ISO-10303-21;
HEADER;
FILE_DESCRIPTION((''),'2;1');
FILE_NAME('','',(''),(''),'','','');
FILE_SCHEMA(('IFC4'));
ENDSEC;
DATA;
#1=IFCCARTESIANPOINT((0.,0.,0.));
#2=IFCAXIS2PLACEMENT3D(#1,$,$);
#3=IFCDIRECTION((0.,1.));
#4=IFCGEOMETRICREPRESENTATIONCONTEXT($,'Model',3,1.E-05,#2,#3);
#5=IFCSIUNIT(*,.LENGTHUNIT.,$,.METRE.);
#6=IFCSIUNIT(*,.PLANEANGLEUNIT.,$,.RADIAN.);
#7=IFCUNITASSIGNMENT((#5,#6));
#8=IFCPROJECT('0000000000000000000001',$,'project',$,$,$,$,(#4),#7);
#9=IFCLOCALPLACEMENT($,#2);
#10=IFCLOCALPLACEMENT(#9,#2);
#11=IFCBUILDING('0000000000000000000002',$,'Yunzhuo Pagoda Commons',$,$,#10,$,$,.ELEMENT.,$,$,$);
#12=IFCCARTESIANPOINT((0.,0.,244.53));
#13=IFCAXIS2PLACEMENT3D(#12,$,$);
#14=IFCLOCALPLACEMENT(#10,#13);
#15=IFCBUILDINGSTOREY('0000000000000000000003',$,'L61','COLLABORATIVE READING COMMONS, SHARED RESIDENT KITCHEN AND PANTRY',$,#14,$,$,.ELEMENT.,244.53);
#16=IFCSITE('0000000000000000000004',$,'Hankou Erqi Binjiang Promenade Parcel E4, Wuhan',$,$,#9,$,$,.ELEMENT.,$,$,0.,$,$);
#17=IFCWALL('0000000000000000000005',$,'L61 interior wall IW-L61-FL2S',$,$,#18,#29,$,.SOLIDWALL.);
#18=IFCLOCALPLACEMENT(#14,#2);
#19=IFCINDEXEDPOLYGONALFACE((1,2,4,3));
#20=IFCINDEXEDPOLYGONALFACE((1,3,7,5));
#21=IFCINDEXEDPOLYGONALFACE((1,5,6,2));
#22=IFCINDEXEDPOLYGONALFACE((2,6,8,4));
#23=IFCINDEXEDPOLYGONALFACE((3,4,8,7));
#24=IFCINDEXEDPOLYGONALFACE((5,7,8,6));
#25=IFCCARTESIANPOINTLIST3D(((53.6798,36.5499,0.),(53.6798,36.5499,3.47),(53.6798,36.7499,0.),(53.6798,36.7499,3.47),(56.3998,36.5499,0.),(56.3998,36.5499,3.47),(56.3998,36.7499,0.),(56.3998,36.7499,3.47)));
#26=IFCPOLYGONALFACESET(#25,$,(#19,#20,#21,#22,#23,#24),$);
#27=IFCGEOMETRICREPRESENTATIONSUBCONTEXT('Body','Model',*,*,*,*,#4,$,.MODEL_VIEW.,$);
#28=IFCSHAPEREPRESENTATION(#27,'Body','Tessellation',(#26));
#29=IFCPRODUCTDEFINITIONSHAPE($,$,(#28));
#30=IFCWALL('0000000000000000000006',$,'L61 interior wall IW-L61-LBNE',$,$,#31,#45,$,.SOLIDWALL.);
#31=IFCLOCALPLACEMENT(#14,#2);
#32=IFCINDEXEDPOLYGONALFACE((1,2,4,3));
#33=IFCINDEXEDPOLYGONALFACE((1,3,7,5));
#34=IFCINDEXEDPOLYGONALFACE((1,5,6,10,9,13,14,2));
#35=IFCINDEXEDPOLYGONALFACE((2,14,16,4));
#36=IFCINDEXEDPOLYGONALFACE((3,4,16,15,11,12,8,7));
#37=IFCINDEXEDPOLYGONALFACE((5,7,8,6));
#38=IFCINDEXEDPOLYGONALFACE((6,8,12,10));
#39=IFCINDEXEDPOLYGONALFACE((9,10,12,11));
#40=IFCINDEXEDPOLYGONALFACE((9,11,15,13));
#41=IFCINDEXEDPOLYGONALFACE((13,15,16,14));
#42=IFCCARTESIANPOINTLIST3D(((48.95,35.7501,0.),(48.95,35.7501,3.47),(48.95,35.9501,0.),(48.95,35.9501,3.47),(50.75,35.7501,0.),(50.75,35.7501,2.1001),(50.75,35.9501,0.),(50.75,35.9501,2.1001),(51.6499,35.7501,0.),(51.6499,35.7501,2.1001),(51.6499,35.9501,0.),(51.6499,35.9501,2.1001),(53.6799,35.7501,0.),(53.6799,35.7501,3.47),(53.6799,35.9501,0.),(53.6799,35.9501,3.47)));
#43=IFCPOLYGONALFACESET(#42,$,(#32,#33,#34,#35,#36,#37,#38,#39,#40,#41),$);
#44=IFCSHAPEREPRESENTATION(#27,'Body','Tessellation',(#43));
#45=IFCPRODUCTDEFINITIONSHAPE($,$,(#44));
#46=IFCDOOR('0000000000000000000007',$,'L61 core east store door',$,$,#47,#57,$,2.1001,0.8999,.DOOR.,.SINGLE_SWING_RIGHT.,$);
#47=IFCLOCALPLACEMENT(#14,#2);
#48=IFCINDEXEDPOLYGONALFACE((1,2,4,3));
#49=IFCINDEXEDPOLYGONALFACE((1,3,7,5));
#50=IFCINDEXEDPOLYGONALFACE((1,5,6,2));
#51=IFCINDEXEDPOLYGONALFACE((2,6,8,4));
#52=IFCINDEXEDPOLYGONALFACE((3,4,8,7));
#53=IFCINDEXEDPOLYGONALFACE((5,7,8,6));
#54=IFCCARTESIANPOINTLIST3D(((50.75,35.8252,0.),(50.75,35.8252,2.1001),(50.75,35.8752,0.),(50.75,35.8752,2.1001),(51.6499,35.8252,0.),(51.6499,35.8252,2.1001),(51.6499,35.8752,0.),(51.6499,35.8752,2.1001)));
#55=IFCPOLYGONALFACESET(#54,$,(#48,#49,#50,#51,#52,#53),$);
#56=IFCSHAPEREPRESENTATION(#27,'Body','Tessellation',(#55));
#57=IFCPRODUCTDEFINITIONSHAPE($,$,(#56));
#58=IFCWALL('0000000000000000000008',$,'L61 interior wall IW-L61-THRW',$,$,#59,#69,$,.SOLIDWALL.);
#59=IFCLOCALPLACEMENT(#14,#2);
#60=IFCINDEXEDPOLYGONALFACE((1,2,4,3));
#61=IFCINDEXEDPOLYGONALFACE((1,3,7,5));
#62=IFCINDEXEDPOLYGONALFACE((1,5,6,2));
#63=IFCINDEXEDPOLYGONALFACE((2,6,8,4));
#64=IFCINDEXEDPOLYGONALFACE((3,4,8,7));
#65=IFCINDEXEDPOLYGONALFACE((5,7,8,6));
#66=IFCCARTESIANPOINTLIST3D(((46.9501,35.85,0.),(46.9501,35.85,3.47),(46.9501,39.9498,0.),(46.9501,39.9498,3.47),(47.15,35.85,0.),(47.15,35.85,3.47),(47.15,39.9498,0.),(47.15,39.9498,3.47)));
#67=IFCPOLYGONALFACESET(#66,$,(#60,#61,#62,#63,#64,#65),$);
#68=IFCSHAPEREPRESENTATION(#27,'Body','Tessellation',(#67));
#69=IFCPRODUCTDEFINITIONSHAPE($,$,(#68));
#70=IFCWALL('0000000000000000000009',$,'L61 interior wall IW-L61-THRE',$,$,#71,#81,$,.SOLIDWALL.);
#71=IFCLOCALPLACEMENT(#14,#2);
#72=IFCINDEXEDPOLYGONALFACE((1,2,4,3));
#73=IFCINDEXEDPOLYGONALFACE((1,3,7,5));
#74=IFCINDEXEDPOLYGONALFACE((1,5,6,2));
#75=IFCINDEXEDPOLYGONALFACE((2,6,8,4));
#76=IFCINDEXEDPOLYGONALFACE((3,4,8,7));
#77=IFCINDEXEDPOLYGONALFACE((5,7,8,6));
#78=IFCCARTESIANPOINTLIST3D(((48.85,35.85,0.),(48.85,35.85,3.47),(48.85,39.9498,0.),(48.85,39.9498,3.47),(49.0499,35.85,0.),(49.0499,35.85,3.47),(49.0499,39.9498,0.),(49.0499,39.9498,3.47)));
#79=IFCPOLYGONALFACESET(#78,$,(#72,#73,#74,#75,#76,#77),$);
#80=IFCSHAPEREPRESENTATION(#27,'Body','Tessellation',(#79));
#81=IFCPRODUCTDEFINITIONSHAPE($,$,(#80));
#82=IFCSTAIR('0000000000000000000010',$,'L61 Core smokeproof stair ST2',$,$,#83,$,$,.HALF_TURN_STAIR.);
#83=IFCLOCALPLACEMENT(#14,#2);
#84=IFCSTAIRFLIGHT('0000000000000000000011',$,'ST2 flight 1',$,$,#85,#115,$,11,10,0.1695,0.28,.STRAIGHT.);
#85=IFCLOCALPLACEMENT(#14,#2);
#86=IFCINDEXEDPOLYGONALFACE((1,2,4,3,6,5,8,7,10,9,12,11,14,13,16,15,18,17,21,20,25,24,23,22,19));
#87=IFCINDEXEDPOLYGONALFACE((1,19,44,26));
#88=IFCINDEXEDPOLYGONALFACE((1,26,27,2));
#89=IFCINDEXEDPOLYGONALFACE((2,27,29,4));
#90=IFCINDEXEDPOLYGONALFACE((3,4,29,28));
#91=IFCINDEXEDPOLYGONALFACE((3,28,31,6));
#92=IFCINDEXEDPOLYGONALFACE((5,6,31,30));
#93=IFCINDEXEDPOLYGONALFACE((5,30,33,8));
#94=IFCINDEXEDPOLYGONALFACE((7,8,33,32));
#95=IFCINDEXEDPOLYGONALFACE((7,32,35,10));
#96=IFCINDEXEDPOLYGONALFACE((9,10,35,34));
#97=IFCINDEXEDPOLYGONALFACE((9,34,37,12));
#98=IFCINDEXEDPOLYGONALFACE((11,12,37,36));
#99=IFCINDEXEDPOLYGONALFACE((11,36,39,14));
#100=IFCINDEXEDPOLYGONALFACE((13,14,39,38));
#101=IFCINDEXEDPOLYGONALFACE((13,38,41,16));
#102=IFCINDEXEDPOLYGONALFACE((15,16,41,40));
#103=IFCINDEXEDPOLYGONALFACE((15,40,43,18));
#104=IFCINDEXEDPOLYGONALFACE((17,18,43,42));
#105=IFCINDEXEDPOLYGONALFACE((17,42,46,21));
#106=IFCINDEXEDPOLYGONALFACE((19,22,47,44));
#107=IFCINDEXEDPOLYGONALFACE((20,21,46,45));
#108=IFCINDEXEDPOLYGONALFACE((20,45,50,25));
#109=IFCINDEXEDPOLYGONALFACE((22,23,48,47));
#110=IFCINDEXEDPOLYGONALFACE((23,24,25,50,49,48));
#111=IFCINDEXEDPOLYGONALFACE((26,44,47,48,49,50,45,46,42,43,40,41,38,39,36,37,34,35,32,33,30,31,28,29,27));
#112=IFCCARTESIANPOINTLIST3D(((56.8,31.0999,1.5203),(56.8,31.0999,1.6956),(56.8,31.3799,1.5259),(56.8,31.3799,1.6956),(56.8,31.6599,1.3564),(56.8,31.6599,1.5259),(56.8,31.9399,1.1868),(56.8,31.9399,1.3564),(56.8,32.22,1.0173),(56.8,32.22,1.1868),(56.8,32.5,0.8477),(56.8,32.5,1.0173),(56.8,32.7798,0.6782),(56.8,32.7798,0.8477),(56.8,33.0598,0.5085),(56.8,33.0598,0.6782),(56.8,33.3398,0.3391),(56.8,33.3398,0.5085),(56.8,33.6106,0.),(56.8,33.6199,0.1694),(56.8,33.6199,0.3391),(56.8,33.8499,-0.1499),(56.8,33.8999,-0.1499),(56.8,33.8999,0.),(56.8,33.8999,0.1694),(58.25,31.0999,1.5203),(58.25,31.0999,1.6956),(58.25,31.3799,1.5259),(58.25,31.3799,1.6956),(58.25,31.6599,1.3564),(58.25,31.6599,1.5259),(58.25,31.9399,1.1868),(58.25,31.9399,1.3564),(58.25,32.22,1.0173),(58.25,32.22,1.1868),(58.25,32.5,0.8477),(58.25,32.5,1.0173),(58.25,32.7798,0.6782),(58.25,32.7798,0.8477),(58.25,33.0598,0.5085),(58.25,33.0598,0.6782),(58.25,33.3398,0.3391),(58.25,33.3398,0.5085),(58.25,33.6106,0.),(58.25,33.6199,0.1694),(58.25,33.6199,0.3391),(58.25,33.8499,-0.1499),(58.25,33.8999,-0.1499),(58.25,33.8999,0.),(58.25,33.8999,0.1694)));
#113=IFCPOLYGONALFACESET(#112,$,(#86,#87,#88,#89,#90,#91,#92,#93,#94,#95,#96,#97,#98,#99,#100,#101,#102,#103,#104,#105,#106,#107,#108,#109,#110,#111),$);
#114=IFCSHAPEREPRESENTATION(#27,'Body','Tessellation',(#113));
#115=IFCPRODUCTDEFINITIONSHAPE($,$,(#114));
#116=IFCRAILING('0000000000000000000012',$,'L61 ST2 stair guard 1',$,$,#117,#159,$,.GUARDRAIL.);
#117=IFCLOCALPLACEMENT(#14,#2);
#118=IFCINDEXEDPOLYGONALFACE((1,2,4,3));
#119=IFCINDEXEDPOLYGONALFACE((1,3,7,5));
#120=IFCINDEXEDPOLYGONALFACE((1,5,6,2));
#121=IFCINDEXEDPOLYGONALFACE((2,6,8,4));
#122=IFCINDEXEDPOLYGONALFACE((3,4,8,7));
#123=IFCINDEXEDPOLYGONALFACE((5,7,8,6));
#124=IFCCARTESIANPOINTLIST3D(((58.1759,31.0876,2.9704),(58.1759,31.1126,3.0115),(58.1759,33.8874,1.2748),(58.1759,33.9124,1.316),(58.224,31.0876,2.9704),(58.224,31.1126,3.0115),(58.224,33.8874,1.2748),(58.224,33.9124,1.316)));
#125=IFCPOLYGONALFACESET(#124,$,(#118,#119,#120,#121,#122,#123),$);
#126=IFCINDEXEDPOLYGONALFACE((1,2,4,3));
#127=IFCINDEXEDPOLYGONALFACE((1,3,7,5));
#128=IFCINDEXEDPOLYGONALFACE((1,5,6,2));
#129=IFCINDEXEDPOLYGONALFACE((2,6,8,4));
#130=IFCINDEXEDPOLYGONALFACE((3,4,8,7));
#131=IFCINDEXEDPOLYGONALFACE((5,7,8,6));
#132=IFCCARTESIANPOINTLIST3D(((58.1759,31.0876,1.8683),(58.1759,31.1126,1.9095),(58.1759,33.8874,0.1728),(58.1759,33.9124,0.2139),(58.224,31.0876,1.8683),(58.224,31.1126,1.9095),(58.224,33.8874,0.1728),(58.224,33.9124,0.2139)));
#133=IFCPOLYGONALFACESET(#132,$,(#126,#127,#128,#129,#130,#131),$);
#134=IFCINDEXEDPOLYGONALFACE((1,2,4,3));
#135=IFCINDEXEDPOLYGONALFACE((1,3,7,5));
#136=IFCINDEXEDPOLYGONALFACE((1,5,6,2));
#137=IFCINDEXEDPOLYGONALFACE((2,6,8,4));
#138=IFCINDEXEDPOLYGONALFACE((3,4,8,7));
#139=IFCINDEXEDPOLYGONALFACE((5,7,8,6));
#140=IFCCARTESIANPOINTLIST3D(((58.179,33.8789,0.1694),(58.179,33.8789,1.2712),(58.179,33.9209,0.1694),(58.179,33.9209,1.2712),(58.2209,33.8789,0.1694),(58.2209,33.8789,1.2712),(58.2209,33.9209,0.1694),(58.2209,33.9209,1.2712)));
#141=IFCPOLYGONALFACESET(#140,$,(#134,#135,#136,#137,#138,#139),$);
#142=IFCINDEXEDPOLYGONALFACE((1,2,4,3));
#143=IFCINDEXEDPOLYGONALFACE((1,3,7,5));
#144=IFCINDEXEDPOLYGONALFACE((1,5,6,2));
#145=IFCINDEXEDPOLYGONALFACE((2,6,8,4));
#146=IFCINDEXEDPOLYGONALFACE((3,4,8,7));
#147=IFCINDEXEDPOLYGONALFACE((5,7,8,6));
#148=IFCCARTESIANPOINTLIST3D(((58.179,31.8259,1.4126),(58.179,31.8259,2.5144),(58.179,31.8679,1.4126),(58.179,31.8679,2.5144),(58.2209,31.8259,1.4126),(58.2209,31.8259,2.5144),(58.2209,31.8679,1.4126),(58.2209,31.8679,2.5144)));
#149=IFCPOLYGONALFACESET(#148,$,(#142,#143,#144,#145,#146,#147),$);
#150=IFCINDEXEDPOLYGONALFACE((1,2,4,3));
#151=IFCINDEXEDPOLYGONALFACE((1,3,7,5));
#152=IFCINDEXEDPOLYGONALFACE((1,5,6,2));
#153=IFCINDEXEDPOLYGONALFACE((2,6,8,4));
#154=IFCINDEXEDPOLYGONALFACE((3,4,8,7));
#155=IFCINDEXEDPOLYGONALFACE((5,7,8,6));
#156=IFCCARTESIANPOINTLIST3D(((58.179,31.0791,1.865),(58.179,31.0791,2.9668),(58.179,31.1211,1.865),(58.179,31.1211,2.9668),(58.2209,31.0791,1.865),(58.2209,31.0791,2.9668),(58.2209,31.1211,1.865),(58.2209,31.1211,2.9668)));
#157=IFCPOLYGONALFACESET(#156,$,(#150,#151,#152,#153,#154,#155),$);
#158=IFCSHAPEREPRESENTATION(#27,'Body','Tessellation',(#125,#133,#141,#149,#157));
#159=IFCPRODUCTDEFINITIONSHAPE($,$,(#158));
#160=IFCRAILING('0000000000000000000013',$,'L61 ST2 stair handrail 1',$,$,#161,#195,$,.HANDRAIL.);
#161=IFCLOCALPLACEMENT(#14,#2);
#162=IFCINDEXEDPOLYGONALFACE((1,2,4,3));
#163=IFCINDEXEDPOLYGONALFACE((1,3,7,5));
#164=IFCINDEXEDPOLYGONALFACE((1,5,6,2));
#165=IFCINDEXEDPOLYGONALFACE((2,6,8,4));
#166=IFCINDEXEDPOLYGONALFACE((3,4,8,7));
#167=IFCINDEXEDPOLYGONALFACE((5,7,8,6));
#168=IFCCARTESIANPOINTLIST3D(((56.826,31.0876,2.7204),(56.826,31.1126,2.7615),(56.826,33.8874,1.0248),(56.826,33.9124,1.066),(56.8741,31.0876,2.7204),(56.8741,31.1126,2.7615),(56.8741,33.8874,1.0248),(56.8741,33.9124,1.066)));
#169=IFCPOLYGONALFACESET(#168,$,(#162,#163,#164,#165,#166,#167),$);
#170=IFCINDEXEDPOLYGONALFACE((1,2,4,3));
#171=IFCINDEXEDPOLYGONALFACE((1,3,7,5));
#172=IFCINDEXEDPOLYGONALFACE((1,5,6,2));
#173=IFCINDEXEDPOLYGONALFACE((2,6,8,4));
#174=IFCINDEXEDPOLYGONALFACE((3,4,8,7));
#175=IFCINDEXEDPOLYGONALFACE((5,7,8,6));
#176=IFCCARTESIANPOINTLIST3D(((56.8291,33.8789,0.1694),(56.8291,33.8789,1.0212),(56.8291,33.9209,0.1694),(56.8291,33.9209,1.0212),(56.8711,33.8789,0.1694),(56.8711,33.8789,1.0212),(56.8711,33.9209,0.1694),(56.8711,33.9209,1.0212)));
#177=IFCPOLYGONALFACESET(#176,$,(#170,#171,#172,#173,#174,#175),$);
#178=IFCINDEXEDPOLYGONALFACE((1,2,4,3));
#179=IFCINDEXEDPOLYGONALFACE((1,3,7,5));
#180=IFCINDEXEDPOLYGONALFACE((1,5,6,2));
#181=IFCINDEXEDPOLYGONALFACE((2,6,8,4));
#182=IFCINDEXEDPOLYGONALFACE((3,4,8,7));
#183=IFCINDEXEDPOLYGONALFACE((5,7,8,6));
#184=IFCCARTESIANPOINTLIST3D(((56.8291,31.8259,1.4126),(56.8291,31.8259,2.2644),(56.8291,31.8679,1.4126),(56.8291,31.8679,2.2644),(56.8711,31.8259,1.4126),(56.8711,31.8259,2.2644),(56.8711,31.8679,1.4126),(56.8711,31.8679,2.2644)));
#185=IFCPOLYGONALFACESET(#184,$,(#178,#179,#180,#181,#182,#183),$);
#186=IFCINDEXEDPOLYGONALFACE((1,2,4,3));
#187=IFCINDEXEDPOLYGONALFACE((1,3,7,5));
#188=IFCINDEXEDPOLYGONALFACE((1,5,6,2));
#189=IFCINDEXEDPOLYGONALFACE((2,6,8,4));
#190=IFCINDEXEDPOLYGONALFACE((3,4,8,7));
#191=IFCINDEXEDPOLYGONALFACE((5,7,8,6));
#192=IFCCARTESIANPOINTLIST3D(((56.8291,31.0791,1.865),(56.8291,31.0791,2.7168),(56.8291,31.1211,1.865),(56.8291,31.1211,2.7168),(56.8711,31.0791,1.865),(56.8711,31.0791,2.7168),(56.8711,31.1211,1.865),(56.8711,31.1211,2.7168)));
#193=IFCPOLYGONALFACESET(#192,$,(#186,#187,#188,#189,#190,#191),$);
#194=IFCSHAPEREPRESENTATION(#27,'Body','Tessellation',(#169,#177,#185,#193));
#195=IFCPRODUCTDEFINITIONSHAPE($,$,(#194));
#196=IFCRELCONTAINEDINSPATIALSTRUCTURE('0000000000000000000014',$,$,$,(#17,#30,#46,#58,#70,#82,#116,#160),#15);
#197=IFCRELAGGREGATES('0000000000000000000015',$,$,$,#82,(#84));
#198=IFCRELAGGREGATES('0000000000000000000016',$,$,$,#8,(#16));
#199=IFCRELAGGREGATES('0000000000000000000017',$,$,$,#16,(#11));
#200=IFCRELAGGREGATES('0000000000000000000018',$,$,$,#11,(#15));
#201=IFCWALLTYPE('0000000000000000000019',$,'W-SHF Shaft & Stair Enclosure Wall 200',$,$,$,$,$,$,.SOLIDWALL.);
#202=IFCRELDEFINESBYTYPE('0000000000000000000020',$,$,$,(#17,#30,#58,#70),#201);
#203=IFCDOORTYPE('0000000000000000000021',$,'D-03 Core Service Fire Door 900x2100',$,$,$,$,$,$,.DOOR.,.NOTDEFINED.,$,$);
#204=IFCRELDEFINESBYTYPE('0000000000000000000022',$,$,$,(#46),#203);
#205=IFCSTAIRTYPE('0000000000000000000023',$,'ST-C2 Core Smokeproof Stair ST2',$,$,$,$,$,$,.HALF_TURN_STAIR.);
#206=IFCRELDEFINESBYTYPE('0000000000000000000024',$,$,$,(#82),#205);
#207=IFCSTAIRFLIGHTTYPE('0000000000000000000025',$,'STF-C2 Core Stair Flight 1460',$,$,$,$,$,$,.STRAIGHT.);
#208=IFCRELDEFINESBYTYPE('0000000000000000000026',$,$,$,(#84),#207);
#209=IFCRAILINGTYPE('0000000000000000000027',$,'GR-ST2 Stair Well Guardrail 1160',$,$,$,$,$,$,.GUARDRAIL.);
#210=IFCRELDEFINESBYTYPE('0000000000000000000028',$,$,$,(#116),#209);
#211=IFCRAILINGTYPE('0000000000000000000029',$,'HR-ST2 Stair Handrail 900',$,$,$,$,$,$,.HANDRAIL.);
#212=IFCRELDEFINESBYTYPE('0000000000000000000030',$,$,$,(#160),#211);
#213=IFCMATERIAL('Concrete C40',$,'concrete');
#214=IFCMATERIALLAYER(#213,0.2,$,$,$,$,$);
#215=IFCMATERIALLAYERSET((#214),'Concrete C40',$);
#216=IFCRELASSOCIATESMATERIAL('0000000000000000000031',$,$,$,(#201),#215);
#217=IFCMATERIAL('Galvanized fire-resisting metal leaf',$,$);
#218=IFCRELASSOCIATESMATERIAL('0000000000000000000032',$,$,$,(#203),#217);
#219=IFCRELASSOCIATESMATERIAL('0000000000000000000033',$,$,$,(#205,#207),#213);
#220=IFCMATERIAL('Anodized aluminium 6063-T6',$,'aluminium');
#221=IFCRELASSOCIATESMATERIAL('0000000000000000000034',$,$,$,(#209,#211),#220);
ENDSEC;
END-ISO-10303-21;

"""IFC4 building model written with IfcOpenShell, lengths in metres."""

from ifc_helpers import new_model, si_unit, direction, frame, frame_2d, origin, origin_2d, place, context, subcontext, project, spatial, polyline, rectangle, outline, extrude, source, transform, mapped, material, layer, layer_set, type_object, element, fill, aggregate, save


model = new_model("IFC4")

# Units and contexts
model_context = context("Model", 3, precision=1e-05, world=origin(), true_north=direction((0.0, 1.0)))
body_context = subcontext(model_context, "Body", "Model", "MODEL_VIEW")
ifc_project = project(units=[si_unit("LENGTHUNIT", "METRE"), si_unit("PLANEANGLEUNIT", "RADIAN")], contexts=[model_context])

# Site, building, storey
site_placement = place(None, origin())
site = spatial("IfcSite", under=ifc_project, at=site_placement, Name="Hankou Erqi Binjiang Promenade Parcel E4, Wuhan", CompositionType="ELEMENT", RefElevation=0.0)
building_placement = place(site_placement, origin())
building = spatial("IfcBuilding", under=site, at=building_placement, Name="Yunzhuo Pagoda Commons", CompositionType="ELEMENT")
storey_placement = place(building_placement, frame((0.0, 0.0, 244.53)))
storey = spatial("IfcBuildingStorey", under=building, at=storey_placement, Name="L61", Description="COLLABORATIVE READING COMMONS, SHARED RESIDENT KITCHEN AND PANTRY", CompositionType="ELEMENT", Elevation=244.53)

# Shared definitions
ifc_material_1 = material(Name="Galvanized fire-resisting metal leaf")

# Wall
ifc_material_2 = material(Name="Concrete C40", Category="concrete")
ifc_layer_1 = layer(ifc_material_2, 0.2)
ifc_layer_set_1 = layer_set([ifc_layer_1], Name="Concrete C40")
wall_type_1 = type_object("IfcWallType", Name="W-SHF Shaft & Stair Enclosure Wall 200", PredefinedType="SOLIDWALL", material=ifc_layer_set_1)
wall_1_placement = place(storey_placement, frame((53.6799, 36.6499, 0.0), z_axis=(0.0, 0.0, 1.0), x_axis=(1.0, 0.0, 0.0)))
element("IfcWall", 1, at=wall_1_placement, inside=storey, type_object=wall_type_1, Name="L61 interior wall IW-L61-FL2S", PredefinedType="SOLIDWALL", context=body_context, shape_type="SweptSolid", body=[
    extrude(rectangle(XDim=2.72, YDim=0.2, at=frame_2d((1.3599, 0.0))), origin(), (0.0, 0.0, 1.0), 3.47),
])

# Wall, opening, door
wall_2_placement = place(storey_placement, frame((48.95, 35.8501, 0.0), z_axis=(0.0, 0.0, 1.0), x_axis=(1.0, 0.0, 0.0)))
wall_2 = element("IfcWall", 2, at=wall_2_placement, inside=storey, type_object=wall_type_1, Name="L61 interior wall IW-L61-LBNE", PredefinedType="SOLIDWALL", context=body_context, shape_type="SweptSolid", body=[
    extrude(rectangle(XDim=4.73, YDim=0.2, at=frame_2d((2.365, 0.0))), origin(), (0.0, 0.0, 1.0), 3.47),
])
opening_1_placement = place(wall_2_placement, frame((1.8, 0.0, 0.0)))
opening_1 = element("IfcOpeningElement", 3, at=opening_1_placement, cuts=wall_2, PredefinedType="OPENING", context=body_context, shape_type="SweptSolid", body=[
    extrude(rectangle(XDim=0.8999, YDim=2.1001, at=frame_2d((0.45, 1.05))), frame((0.0, 0.1099, 0.0), z_axis=(0.0, -1.0, 0.0), x_axis=(1.0, 0.0, 0.0)), (0.0, 0.0, 1.0), 0.22),
])
door_type_1 = type_object("IfcDoorType", Name="D-03 Core Service Fire Door 900x2100", OperationType="NOTDEFINED", PredefinedType="DOOR", material=ifc_material_1)
shared_shape_1 = source(origin(), body_context, "Body", "SweptSolid", [
    extrude(rectangle(XDim=0.8999, YDim=2.1001, at=frame_2d((0.45, 1.05))), frame((0.0, 0.0249, 0.0), z_axis=(0.0, -1.0, 0.0), x_axis=(1.0, 0.0, 0.0)), (0.0, 0.0, 1.0), 0.05),
])
door_1_placement = place(opening_1_placement, frame((0.8999, 0.0, 0.0), z_axis=(0.0, 0.0, 1.0), x_axis=(-1.0, 0.0, 0.0)))
door_1 = element("IfcDoor", 4, at=door_1_placement, inside=storey, type_object=door_type_1, Name="L61 core east store door", OperationType="SINGLE_SWING_RIGHT", OverallHeight=2.1001, OverallWidth=0.8999, PredefinedType="DOOR", context=body_context, shape_type="MappedRepresentation", body=[
    mapped(shared_shape_1, transform((0.0, 0.0, 0.0), scale=1.0)),
])
fill(opening_1, door_1)

# Walls
for number, where, z_axis, x_axis, name in (
    (5, (47.05, 35.8501, 0.0), (0.0, 0.0, 1.0), (0.0, 1.0, 0.0), "L61 interior wall IW-L61-THRW"),
    (6, (48.95, 35.8501, 0.0), (0.0, 0.0, 1.0), (0.0, 1.0, 0.0), "L61 interior wall IW-L61-THRE"),
):
    element("IfcWall", number, at=place(storey_placement, frame(where, z_axis=z_axis, x_axis=x_axis)), inside=storey, type_object=wall_type_1, Name=name, PredefinedType="SOLIDWALL", context=body_context, shape_type="SweptSolid", body=[
        extrude(rectangle(XDim=4.0999, YDim=0.2, at=frame_2d((2.0498, 0.0))), origin(), (0.0, 0.0, 1.0), 3.47),
    ])

# Stair, stair flight
stair_type = type_object("IfcStairType", Name="ST-C2 Core Smokeproof Stair ST2", PredefinedType="HALF_TURN_STAIR", material=ifc_material_2)
stair_placement = place(storey_placement, origin())
stair = element("IfcStair", 7, at=stair_placement, inside=storey, type_object=stair_type, Name="L61 Core smokeproof stair ST2", PredefinedType="HALF_TURN_STAIR")
stair_flight_type = type_object("IfcStairFlightType", Name="STF-C2 Core Stair Flight 1460", PredefinedType="STRAIGHT", material=ifc_material_2)
shared_shape_2 = source(origin(), body_context, "Body", "SweptSolid", [
    extrude(outline(polyline([(0.0, -0.1499), (0.0, 0.0), (0.0, 0.1694), (0.28, 0.1694), (0.28, 0.3391), (0.5601, 0.3391), (0.5601, 0.5085), (0.8401, 0.5085), (0.8401, 0.6782), (1.1201, 0.6782), (1.1201, 0.8477), (1.3999, 0.8477), (1.3999, 1.0173), (1.6799, 1.0173), (1.6799, 1.1868), (1.96, 1.1868), (1.96, 1.3564), (2.24, 1.3564), (2.24, 1.5259), (2.52, 1.5259), (2.52, 1.6956), (2.8, 1.6956), (2.8, 1.865), (2.8, 1.5203), (0.2893, 0.0), (0.05, -0.1499), (0.0, -0.1499)])), frame((0.0, 0.7251, 0.0), z_axis=(0.0, -1.0, 0.0), x_axis=(1.0, 0.0, 0.0)), (0.0, 0.0, 1.0), 1.45),
])
stair_flight_placement = place(storey_placement, frame((57.5249, 33.8999, 0.0), z_axis=(0.0, 0.0, 1.0), x_axis=(0.0, -1.0, 0.0)))
stair_flight = element("IfcStairFlight", 8, at=stair_flight_placement, type_object=stair_flight_type, Name="ST2 flight 1", NumberOfRisers=11, NumberOfTreads=10, PredefinedType="STRAIGHT", RiserHeight=0.1695, TreadLength=0.28, context=body_context, shape_type="MappedRepresentation", body=[
    mapped(shared_shape_2, transform((0.0, 0.0, 0.0), scale=1.0)),
])
aggregate(stair, [stair_flight])

# Railings
ifc_material_3 = material(Name="Anodized aluminium 6063-T6", Category="aluminium")
railing_type_1 = type_object("IfcRailingType", Name="GR-ST2 Stair Well Guardrail 1160", PredefinedType="GUARDRAIL", material=ifc_material_3)
railing_1_placement = place(storey_placement, frame((58.2, 33.8999, 0.1694)))
element("IfcRailing", 9, at=railing_1_placement, inside=storey, type_object=railing_type_1, Name="L61 ST2 stair guard 1", PredefinedType="GUARDRAIL", context=body_context, shape_type="SweptSolid", body=[
    extrude(rectangle(XDim=0.0481, YDim=0.0481, at=origin_2d()), frame((0.0, 0.0, 1.126), z_axis=(0.0, -0.855373, 0.518012), x_axis=(1.0, 0.0, 0.0)), (0.0, 0.0, 1.0), 3.2732),
    extrude(rectangle(XDim=0.0481, YDim=0.0481, at=origin_2d()), frame((0.0, 0.0, 0.0239), z_axis=(0.0, -0.855373, 0.518012), x_axis=(1.0, 0.0, 0.0)), (0.0, 0.0, 1.0), 3.2732),
    extrude(rectangle(XDim=0.042, YDim=0.042, at=origin_2d()), origin(), (0.0, 0.0, 1.0), 1.1018),
    extrude(rectangle(XDim=0.042, YDim=0.042, at=origin_2d()), frame((0.0, -2.053, 1.2432)), (0.0, 0.0, 1.0), 1.1018),
    extrude(rectangle(XDim=0.042, YDim=0.042, at=origin_2d()), frame((0.0, -2.7998, 1.6956)), (0.0, 0.0, 1.0), 1.1018),
])
railing_type_2 = type_object("IfcRailingType", Name="HR-ST2 Stair Handrail 900", PredefinedType="HANDRAIL", material=ifc_material_3)
railing_2_placement = place(storey_placement, frame((56.8501, 33.8999, 0.1694)))
element("IfcRailing", 10, at=railing_2_placement, inside=storey, type_object=railing_type_2, Name="L61 ST2 stair handrail 1", PredefinedType="HANDRAIL", context=body_context, shape_type="SweptSolid", body=[
    extrude(rectangle(XDim=0.0481, YDim=0.0481, at=origin_2d()), frame((0.0, 0.0, 0.876), z_axis=(0.0, -0.855373, 0.518012), x_axis=(1.0, 0.0, 0.0)), (0.0, 0.0, 1.0), 3.2732),
    extrude(rectangle(XDim=0.042, YDim=0.042, at=origin_2d()), origin(), (0.0, 0.0, 1.0), 0.8518),
    extrude(rectangle(XDim=0.042, YDim=0.042, at=origin_2d()), frame((0.0, -2.053, 1.2432)), (0.0, 0.0, 1.0), 0.8518),
    extrude(rectangle(XDim=0.042, YDim=0.042, at=origin_2d()), frame((0.0, -2.7998, 1.6956)), (0.0, 0.0, 1.0), 0.8518),
])

save(model, "model.ifc")
